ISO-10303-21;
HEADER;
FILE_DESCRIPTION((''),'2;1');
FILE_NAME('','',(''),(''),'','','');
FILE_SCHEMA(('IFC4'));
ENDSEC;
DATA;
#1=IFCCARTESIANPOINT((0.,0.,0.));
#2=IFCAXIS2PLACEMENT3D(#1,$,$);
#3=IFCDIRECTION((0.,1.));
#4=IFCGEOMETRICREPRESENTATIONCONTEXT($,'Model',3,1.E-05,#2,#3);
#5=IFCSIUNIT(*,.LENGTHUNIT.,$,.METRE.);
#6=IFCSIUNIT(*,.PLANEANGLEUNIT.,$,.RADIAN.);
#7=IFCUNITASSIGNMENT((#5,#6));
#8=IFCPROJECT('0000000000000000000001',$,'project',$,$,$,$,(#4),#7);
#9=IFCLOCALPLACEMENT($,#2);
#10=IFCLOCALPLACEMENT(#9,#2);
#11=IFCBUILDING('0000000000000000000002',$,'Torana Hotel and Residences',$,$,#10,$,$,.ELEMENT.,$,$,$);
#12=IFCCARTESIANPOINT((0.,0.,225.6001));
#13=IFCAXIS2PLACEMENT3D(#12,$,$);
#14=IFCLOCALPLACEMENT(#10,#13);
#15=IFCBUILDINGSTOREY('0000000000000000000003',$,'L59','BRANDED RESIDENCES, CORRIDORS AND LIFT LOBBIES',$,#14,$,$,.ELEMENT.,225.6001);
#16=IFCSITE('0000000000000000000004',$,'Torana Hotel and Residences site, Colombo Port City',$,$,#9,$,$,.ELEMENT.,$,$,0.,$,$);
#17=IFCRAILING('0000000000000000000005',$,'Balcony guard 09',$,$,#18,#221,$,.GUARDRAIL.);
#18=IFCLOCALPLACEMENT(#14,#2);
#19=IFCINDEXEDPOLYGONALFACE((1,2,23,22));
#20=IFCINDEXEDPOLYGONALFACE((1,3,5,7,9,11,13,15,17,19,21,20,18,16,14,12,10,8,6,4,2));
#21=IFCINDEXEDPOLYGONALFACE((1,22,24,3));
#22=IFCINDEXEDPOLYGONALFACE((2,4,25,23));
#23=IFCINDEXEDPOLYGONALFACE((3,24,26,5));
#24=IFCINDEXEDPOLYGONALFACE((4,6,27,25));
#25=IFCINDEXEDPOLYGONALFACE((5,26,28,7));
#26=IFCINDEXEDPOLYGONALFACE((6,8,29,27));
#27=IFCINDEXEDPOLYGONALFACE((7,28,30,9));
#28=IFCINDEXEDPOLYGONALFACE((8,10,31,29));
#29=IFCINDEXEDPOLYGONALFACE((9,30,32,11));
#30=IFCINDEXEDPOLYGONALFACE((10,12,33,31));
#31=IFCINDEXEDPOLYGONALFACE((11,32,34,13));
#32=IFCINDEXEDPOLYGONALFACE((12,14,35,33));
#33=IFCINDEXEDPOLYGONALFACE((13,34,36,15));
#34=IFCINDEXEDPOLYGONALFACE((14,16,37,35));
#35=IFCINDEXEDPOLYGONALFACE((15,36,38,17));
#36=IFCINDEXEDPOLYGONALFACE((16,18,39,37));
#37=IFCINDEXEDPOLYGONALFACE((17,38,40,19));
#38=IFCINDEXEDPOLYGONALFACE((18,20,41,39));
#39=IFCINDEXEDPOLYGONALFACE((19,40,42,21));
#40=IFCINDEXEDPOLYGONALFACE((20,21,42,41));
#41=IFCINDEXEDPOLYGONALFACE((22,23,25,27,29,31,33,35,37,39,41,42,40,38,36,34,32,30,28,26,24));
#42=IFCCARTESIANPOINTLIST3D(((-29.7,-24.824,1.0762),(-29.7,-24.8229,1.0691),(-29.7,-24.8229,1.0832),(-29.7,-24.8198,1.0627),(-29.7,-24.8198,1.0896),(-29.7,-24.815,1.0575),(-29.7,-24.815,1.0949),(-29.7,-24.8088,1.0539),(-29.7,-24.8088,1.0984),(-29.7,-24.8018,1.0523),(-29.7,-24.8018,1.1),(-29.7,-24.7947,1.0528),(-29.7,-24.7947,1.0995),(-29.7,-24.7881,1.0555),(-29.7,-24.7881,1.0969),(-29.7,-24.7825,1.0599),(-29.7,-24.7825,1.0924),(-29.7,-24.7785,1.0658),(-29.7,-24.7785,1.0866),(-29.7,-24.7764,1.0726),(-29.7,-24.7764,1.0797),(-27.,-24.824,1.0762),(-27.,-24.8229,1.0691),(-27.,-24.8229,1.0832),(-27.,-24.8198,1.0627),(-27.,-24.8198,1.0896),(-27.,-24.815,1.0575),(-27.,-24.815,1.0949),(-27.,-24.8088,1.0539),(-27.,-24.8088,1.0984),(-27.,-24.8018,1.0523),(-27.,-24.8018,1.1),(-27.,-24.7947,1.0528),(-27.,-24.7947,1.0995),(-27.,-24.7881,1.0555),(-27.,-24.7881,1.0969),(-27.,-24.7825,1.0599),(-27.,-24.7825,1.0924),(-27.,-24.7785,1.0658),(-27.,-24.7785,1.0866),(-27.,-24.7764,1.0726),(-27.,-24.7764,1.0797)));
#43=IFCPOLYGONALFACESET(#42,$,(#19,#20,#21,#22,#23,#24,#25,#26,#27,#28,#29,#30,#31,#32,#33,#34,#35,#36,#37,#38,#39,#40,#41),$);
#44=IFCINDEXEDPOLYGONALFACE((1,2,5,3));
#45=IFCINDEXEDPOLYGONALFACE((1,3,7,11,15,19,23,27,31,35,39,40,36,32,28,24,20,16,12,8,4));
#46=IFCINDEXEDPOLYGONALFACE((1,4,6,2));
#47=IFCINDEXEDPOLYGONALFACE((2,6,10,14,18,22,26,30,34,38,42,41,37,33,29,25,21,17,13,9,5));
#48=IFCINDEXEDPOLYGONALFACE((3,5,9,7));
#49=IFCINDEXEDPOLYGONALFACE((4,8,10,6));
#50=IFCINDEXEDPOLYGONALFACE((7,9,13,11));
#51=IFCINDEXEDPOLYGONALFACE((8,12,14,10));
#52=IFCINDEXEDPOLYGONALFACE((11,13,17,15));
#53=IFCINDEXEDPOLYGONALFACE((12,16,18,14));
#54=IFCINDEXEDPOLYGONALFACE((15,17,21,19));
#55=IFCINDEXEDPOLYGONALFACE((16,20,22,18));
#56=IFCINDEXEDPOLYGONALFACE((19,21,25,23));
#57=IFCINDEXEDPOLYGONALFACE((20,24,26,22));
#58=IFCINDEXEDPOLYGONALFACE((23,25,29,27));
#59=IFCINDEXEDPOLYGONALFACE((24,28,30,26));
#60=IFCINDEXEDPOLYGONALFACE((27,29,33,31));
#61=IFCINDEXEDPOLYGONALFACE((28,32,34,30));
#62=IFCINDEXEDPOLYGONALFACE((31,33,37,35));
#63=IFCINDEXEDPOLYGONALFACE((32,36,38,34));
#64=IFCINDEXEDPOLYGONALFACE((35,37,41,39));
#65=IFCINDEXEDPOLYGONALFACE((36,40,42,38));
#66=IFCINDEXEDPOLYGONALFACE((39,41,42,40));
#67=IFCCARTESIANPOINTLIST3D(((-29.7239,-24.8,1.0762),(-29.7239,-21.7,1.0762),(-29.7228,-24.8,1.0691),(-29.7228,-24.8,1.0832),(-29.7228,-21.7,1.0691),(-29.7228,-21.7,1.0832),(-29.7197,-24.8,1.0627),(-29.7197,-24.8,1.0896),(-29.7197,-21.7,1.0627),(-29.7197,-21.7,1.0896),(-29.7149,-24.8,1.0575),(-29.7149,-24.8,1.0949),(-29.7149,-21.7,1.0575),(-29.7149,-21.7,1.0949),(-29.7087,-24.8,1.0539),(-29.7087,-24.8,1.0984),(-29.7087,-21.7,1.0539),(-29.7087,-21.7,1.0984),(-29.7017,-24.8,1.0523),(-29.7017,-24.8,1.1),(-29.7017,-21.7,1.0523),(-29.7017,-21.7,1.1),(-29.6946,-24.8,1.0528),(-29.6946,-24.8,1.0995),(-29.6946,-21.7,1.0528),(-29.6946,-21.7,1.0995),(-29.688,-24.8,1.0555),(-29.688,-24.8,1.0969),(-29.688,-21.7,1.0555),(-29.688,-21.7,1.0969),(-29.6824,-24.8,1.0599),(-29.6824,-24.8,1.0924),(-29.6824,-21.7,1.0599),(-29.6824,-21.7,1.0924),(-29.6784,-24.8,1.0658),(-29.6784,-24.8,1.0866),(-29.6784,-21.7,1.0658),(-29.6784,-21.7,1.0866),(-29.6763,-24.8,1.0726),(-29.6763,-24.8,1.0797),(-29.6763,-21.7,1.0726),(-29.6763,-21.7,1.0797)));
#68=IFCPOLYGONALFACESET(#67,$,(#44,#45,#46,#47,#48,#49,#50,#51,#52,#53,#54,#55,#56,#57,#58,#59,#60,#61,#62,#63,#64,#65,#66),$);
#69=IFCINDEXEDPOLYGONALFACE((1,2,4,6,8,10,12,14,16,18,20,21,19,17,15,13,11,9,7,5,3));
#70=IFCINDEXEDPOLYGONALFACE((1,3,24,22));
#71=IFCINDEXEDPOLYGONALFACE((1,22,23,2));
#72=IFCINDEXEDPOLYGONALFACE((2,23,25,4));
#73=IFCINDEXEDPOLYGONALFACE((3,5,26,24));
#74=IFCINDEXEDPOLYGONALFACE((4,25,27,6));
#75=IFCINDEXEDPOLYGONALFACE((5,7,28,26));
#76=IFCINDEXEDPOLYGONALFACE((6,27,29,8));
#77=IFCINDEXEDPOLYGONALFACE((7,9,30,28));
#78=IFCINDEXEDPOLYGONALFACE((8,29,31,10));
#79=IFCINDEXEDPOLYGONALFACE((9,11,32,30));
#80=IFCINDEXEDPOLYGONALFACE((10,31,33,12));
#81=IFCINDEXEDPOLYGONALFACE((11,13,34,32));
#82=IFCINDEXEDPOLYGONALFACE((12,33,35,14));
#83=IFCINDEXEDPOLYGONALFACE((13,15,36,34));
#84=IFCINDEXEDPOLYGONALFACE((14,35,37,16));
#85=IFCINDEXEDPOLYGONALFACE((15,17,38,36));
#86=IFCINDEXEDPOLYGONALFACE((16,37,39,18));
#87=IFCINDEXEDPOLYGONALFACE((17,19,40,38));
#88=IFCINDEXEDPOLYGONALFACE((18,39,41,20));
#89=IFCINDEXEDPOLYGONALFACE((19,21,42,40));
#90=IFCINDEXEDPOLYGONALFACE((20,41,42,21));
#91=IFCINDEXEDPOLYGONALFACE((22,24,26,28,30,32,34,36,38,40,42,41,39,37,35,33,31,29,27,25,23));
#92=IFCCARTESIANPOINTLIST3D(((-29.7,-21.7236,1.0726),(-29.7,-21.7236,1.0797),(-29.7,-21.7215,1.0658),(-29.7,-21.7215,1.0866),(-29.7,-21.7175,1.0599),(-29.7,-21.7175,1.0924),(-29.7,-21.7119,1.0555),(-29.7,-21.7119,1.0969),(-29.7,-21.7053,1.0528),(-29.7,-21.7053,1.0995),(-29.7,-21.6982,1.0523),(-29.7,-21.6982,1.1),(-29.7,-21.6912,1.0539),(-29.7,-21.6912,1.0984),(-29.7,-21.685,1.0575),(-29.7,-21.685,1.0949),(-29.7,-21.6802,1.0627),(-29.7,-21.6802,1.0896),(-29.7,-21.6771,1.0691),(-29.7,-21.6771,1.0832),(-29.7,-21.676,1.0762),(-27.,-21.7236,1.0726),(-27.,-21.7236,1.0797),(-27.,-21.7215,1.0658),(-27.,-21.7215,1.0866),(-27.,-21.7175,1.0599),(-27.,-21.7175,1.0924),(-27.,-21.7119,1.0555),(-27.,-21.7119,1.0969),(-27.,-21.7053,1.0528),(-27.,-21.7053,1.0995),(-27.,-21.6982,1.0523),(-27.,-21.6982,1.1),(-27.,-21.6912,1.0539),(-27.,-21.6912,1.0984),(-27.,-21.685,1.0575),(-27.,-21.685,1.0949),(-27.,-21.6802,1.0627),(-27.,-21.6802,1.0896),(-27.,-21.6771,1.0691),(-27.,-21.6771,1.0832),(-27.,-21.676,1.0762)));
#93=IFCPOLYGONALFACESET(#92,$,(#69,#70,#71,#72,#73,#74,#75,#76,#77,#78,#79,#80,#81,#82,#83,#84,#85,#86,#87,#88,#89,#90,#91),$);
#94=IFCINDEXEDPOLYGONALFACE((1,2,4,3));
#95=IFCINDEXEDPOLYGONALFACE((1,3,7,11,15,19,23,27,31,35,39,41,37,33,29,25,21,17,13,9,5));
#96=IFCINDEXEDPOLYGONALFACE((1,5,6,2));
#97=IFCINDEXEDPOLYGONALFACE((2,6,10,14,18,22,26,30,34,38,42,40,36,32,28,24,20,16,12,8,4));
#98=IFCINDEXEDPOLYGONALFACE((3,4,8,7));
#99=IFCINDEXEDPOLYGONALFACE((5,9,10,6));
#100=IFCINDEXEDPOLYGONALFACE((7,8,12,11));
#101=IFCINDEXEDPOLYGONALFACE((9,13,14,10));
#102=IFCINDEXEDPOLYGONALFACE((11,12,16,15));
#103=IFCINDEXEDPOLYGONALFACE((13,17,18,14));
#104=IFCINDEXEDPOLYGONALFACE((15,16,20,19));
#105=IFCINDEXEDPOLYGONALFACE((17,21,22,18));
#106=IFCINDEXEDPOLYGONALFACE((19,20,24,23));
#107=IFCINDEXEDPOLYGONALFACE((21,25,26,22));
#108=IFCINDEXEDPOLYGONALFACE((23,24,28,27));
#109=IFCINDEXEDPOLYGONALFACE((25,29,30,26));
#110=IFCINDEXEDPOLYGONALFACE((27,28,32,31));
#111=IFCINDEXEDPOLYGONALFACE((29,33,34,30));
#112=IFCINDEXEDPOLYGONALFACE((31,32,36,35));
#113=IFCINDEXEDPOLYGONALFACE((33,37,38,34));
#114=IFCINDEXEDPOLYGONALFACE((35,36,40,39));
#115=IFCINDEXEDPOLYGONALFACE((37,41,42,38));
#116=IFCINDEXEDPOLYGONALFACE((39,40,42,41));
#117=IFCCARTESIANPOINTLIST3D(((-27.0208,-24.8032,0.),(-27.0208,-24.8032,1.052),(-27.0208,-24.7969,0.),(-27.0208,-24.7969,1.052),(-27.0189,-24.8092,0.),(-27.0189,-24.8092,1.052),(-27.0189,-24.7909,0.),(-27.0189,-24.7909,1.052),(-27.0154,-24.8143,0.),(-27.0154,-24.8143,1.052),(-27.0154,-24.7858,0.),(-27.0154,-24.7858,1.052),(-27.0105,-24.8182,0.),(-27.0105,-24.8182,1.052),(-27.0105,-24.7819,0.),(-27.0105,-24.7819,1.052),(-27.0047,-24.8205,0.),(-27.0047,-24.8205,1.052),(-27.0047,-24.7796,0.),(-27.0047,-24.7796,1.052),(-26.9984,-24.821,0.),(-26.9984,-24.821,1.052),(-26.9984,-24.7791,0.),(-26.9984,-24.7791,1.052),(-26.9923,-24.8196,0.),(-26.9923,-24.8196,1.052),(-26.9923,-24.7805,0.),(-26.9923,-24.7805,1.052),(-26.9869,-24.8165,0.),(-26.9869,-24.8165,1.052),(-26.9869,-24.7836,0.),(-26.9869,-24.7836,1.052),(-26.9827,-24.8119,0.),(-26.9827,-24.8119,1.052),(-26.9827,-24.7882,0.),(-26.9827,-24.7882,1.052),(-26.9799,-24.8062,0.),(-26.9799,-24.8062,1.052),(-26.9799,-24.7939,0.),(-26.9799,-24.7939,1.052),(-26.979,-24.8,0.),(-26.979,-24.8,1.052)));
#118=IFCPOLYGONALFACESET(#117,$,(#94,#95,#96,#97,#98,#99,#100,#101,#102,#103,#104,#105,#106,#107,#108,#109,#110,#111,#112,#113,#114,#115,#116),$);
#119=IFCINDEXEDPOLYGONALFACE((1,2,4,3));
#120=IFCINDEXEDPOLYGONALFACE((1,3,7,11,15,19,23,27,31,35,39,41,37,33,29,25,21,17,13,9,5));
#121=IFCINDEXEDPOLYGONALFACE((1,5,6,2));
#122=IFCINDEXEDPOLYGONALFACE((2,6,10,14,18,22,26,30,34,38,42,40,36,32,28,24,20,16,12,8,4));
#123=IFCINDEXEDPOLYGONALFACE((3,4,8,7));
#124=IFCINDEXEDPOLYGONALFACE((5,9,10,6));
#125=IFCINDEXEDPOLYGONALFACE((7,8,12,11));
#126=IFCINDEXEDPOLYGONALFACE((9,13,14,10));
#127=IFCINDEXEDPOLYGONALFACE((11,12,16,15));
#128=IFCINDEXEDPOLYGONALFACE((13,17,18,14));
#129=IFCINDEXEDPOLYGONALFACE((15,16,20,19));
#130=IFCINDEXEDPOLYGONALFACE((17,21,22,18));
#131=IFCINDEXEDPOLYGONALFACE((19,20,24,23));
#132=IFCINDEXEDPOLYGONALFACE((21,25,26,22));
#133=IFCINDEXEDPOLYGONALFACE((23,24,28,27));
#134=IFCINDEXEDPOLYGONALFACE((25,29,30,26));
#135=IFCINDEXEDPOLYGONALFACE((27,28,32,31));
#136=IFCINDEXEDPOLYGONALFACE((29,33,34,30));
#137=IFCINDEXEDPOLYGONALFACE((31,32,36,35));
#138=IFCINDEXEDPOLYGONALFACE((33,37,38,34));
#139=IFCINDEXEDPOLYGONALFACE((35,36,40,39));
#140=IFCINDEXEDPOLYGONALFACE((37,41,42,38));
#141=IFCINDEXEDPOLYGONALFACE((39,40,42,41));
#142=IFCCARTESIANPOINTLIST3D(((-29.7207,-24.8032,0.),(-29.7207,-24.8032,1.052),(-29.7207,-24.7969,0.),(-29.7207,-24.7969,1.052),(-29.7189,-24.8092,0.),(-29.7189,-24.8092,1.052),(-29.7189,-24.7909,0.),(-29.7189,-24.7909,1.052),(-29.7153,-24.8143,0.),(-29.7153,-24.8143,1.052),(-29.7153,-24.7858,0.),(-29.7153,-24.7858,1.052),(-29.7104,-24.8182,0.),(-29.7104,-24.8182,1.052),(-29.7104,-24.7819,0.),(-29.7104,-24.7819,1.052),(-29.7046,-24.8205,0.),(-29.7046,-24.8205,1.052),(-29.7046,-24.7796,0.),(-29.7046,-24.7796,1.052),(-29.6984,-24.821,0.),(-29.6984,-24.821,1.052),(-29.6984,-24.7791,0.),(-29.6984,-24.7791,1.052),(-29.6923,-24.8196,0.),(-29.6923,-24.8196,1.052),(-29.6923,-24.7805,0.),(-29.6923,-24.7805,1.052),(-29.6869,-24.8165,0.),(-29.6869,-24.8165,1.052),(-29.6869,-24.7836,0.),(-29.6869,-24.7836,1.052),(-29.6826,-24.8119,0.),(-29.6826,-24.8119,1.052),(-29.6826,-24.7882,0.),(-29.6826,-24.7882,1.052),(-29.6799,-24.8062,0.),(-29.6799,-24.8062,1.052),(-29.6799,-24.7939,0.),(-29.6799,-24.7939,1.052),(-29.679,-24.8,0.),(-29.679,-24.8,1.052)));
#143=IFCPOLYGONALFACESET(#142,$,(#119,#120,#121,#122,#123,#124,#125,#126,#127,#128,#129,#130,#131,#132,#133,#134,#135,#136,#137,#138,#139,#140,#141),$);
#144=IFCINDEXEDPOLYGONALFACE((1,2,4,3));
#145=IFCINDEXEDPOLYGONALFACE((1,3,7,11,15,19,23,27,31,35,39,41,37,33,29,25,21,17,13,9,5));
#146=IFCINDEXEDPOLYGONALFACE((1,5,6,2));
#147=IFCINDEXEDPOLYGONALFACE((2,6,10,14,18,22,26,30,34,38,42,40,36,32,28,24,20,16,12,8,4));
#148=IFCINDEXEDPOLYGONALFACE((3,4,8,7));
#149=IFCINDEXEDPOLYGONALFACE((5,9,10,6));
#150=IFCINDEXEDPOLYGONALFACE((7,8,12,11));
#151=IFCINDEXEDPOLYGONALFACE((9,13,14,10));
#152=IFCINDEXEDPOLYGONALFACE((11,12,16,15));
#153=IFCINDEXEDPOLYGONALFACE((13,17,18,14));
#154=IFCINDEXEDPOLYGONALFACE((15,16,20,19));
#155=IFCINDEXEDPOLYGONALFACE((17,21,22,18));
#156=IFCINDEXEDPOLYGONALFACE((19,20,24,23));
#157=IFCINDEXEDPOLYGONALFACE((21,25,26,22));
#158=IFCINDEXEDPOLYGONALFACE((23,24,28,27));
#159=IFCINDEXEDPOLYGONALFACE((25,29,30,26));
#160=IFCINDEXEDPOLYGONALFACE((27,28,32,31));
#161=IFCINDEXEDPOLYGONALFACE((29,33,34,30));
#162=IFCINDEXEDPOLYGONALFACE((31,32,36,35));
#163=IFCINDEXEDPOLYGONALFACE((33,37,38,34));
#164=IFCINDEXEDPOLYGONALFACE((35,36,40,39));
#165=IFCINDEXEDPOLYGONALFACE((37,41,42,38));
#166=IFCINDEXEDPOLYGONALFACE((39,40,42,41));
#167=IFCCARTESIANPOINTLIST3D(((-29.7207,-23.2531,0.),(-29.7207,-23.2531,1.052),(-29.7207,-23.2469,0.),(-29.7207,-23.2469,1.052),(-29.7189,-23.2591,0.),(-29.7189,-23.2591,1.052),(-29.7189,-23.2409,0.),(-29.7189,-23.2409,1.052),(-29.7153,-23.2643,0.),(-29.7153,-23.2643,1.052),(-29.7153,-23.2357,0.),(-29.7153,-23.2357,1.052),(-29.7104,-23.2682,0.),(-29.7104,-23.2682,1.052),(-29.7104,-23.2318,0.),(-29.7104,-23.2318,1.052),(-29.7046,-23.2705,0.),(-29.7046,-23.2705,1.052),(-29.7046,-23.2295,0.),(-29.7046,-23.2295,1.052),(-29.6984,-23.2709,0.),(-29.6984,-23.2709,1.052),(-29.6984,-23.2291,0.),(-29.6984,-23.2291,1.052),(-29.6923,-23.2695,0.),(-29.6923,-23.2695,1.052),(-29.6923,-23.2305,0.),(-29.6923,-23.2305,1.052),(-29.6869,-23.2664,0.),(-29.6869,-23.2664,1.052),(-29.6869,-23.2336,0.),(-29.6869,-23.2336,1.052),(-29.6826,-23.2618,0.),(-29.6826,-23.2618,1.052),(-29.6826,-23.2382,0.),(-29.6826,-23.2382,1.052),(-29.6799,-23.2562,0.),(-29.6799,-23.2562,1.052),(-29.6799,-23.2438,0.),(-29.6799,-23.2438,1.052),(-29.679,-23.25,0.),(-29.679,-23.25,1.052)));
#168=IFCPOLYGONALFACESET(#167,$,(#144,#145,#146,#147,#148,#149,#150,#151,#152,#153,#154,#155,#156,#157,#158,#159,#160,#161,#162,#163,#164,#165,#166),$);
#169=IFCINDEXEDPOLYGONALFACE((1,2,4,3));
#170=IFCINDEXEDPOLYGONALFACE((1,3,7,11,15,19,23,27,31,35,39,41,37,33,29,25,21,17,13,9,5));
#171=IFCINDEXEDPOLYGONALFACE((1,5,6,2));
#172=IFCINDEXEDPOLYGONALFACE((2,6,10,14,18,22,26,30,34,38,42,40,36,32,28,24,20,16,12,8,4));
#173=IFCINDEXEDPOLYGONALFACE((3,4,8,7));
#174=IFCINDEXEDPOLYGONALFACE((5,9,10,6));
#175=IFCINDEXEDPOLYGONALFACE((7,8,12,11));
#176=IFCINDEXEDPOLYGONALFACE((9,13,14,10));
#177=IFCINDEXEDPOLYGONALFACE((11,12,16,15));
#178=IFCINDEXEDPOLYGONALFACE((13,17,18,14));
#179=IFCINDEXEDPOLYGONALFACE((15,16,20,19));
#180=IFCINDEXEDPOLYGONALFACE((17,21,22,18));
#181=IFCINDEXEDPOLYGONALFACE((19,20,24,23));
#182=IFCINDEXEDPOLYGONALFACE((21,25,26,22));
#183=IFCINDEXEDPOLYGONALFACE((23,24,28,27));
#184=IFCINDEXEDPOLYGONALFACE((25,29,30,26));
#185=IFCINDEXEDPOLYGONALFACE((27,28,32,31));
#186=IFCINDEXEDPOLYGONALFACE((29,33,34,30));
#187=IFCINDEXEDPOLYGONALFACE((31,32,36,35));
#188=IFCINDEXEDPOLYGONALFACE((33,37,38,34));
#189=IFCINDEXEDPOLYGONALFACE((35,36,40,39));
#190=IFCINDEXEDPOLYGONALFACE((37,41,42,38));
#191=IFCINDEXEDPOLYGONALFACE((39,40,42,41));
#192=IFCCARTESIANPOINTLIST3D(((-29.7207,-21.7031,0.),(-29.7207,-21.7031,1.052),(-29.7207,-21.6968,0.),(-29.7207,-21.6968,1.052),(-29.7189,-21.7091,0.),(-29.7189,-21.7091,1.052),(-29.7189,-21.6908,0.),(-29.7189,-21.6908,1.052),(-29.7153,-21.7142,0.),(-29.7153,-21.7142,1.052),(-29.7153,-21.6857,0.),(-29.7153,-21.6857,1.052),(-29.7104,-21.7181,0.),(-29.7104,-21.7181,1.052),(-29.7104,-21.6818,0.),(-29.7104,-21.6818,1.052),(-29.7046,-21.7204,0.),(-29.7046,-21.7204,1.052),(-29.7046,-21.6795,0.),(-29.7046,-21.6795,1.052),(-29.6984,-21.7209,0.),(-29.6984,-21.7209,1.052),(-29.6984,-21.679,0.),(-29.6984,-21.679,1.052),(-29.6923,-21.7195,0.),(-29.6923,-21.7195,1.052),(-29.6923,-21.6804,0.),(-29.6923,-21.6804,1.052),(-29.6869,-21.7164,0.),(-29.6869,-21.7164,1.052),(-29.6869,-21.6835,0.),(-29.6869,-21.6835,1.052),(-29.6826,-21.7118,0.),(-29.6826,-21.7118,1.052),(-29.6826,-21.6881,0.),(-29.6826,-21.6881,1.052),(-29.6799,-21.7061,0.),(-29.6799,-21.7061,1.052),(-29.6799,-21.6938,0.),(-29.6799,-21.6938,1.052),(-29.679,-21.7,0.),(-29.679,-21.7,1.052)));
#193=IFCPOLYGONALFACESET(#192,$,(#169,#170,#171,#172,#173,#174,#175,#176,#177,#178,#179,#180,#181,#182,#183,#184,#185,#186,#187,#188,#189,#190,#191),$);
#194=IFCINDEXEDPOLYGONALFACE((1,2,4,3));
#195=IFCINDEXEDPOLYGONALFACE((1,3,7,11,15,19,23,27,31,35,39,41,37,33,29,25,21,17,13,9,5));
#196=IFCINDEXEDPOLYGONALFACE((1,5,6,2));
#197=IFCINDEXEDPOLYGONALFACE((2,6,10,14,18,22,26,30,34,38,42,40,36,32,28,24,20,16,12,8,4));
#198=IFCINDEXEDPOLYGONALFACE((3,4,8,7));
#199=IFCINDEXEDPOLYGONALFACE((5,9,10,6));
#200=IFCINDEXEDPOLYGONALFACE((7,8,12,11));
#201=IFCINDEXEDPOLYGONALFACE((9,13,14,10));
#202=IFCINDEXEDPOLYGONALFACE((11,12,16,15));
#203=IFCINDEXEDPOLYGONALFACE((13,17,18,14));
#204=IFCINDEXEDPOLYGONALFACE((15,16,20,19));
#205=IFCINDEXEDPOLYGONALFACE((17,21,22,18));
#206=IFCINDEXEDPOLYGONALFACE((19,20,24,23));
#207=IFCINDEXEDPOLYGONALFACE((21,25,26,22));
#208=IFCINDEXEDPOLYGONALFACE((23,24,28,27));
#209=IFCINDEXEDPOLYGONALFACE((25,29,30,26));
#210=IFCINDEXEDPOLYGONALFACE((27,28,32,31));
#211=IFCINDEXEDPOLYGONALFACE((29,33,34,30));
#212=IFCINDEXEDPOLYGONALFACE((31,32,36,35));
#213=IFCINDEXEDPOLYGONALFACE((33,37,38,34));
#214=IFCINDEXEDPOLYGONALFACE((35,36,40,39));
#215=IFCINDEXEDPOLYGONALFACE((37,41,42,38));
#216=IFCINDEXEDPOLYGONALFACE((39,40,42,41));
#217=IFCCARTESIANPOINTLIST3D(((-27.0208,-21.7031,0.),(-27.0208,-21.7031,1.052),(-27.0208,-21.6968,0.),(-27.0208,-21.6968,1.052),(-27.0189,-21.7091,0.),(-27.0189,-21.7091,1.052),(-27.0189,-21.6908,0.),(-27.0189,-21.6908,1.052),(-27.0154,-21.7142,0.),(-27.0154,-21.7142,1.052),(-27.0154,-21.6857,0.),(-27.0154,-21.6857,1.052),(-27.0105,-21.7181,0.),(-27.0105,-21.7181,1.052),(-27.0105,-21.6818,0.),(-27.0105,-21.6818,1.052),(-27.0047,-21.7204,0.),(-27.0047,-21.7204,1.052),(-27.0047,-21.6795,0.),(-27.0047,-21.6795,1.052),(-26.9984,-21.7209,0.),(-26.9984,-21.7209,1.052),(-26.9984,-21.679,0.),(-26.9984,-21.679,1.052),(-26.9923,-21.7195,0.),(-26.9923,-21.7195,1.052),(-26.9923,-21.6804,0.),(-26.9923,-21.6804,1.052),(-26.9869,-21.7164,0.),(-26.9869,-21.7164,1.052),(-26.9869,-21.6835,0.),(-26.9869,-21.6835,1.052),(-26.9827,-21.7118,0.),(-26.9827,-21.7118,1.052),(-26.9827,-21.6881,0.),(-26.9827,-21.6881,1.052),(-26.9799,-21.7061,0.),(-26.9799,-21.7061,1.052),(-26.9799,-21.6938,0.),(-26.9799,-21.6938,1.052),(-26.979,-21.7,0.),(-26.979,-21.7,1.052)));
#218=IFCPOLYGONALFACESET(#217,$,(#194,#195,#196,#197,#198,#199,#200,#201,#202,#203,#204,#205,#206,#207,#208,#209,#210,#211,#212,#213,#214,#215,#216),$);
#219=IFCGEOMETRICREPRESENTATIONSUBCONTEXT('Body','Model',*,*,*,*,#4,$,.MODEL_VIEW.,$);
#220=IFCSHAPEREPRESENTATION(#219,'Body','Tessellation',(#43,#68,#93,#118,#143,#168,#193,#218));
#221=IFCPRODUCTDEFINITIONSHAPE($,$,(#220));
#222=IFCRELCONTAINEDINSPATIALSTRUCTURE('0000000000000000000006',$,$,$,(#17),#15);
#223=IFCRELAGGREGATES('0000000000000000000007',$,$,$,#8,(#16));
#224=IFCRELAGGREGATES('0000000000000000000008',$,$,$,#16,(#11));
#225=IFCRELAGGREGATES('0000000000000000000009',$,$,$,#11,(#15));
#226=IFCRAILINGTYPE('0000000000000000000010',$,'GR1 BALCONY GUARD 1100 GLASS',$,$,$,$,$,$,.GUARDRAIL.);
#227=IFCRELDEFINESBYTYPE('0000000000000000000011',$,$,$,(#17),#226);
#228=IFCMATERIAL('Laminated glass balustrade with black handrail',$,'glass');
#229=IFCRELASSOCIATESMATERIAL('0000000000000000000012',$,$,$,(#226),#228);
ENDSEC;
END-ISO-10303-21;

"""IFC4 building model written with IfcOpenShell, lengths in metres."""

from ifc_helpers import new_model, si_unit, direction, frame, origin, origin_2d, place, context, subcontext, project, spatial, circle, extrude, material, type_object, element, save


model = new_model("IFC4")

# Units and contexts
model_context = context("Model", 3, precision=1e-05, world=origin(), true_north=direction((0.0, 1.0)))
body_context = subcontext(model_context, "Body", "Model", "MODEL_VIEW")
ifc_project = project(units=[si_unit("LENGTHUNIT", "METRE"), si_unit("PLANEANGLEUNIT", "RADIAN")], contexts=[model_context])

# Site, building, storey
site_placement = place(None, origin())
site = spatial("IfcSite", under=ifc_project, at=site_placement, Name="Torana Hotel and Residences site, Colombo Port City", CompositionType="ELEMENT", RefElevation=0.0)
building_placement = place(site_placement, origin())
building = spatial("IfcBuilding", under=site, at=building_placement, Name="Torana Hotel and Residences", CompositionType="ELEMENT")
storey_placement = place(building_placement, frame((0.0, 0.0, 225.6001)))
storey = spatial("IfcBuildingStorey", under=building, at=storey_placement, Name="L59", Description="BRANDED RESIDENCES, CORRIDORS AND LIFT LOBBIES", CompositionType="ELEMENT", Elevation=225.6001)

# Railing
ifc_material_1 = material(Name="Laminated glass balustrade with black handrail", Category="glass")
railing_type = type_object("IfcRailingType", Name="GR1 BALCONY GUARD 1100 GLASS", PredefinedType="GUARDRAIL", material=ifc_material_1)
railing_1_placement = place(storey_placement, frame((-27.0, -24.8, 0.0)))
element("IfcRailing", 1, at=railing_1_placement, inside=storey, type_object=railing_type, Name="Balcony guard 09", PredefinedType="GUARDRAIL", context=body_context, shape_type="SweptSolid", body=[
    extrude(circle(Radius=0.0239, at=origin_2d()), frame((0.0, 0.0, 1.0762), z_axis=(-1.0, 0.0, 0.0), x_axis=(0.0, -1.0, 0.0)), (0.0, 0.0, 1.0), 2.7),
    extrude(circle(Radius=0.0239, at=origin_2d()), frame((-2.7, 0.0, 1.0762), z_axis=(0.0, 1.0, 0.0), x_axis=(-1.0, 0.0, 0.0)), (0.0, 0.0, 1.0), 3.1001),
    extrude(circle(Radius=0.0239, at=origin_2d()), frame((-2.7, 3.1001, 1.0762), z_axis=(1.0, 0.0, 0.0), x_axis=(0.0, 1.0, 0.0)), (0.0, 0.0, 1.0), 2.7),
    extrude(circle(Radius=0.021, at=origin_2d()), origin(), (0.0, 0.0, 1.0), 1.052),
    extrude(circle(Radius=0.021, at=origin_2d()), frame((-2.7, 0.0, 0.0)), (0.0, 0.0, 1.0), 1.052),
    extrude(circle(Radius=0.021, at=origin_2d()), frame((-2.7, 1.55, 0.0)), (0.0, 0.0, 1.0), 1.052),
    extrude(circle(Radius=0.021, at=origin_2d()), frame((-2.7, 3.1001, 0.0)), (0.0, 0.0, 1.0), 1.052),
    extrude(circle(Radius=0.021, at=origin_2d()), frame((0.0, 3.1001, 0.0)), (0.0, 0.0, 1.0), 1.052),
])

save(model, "model.ifc")
